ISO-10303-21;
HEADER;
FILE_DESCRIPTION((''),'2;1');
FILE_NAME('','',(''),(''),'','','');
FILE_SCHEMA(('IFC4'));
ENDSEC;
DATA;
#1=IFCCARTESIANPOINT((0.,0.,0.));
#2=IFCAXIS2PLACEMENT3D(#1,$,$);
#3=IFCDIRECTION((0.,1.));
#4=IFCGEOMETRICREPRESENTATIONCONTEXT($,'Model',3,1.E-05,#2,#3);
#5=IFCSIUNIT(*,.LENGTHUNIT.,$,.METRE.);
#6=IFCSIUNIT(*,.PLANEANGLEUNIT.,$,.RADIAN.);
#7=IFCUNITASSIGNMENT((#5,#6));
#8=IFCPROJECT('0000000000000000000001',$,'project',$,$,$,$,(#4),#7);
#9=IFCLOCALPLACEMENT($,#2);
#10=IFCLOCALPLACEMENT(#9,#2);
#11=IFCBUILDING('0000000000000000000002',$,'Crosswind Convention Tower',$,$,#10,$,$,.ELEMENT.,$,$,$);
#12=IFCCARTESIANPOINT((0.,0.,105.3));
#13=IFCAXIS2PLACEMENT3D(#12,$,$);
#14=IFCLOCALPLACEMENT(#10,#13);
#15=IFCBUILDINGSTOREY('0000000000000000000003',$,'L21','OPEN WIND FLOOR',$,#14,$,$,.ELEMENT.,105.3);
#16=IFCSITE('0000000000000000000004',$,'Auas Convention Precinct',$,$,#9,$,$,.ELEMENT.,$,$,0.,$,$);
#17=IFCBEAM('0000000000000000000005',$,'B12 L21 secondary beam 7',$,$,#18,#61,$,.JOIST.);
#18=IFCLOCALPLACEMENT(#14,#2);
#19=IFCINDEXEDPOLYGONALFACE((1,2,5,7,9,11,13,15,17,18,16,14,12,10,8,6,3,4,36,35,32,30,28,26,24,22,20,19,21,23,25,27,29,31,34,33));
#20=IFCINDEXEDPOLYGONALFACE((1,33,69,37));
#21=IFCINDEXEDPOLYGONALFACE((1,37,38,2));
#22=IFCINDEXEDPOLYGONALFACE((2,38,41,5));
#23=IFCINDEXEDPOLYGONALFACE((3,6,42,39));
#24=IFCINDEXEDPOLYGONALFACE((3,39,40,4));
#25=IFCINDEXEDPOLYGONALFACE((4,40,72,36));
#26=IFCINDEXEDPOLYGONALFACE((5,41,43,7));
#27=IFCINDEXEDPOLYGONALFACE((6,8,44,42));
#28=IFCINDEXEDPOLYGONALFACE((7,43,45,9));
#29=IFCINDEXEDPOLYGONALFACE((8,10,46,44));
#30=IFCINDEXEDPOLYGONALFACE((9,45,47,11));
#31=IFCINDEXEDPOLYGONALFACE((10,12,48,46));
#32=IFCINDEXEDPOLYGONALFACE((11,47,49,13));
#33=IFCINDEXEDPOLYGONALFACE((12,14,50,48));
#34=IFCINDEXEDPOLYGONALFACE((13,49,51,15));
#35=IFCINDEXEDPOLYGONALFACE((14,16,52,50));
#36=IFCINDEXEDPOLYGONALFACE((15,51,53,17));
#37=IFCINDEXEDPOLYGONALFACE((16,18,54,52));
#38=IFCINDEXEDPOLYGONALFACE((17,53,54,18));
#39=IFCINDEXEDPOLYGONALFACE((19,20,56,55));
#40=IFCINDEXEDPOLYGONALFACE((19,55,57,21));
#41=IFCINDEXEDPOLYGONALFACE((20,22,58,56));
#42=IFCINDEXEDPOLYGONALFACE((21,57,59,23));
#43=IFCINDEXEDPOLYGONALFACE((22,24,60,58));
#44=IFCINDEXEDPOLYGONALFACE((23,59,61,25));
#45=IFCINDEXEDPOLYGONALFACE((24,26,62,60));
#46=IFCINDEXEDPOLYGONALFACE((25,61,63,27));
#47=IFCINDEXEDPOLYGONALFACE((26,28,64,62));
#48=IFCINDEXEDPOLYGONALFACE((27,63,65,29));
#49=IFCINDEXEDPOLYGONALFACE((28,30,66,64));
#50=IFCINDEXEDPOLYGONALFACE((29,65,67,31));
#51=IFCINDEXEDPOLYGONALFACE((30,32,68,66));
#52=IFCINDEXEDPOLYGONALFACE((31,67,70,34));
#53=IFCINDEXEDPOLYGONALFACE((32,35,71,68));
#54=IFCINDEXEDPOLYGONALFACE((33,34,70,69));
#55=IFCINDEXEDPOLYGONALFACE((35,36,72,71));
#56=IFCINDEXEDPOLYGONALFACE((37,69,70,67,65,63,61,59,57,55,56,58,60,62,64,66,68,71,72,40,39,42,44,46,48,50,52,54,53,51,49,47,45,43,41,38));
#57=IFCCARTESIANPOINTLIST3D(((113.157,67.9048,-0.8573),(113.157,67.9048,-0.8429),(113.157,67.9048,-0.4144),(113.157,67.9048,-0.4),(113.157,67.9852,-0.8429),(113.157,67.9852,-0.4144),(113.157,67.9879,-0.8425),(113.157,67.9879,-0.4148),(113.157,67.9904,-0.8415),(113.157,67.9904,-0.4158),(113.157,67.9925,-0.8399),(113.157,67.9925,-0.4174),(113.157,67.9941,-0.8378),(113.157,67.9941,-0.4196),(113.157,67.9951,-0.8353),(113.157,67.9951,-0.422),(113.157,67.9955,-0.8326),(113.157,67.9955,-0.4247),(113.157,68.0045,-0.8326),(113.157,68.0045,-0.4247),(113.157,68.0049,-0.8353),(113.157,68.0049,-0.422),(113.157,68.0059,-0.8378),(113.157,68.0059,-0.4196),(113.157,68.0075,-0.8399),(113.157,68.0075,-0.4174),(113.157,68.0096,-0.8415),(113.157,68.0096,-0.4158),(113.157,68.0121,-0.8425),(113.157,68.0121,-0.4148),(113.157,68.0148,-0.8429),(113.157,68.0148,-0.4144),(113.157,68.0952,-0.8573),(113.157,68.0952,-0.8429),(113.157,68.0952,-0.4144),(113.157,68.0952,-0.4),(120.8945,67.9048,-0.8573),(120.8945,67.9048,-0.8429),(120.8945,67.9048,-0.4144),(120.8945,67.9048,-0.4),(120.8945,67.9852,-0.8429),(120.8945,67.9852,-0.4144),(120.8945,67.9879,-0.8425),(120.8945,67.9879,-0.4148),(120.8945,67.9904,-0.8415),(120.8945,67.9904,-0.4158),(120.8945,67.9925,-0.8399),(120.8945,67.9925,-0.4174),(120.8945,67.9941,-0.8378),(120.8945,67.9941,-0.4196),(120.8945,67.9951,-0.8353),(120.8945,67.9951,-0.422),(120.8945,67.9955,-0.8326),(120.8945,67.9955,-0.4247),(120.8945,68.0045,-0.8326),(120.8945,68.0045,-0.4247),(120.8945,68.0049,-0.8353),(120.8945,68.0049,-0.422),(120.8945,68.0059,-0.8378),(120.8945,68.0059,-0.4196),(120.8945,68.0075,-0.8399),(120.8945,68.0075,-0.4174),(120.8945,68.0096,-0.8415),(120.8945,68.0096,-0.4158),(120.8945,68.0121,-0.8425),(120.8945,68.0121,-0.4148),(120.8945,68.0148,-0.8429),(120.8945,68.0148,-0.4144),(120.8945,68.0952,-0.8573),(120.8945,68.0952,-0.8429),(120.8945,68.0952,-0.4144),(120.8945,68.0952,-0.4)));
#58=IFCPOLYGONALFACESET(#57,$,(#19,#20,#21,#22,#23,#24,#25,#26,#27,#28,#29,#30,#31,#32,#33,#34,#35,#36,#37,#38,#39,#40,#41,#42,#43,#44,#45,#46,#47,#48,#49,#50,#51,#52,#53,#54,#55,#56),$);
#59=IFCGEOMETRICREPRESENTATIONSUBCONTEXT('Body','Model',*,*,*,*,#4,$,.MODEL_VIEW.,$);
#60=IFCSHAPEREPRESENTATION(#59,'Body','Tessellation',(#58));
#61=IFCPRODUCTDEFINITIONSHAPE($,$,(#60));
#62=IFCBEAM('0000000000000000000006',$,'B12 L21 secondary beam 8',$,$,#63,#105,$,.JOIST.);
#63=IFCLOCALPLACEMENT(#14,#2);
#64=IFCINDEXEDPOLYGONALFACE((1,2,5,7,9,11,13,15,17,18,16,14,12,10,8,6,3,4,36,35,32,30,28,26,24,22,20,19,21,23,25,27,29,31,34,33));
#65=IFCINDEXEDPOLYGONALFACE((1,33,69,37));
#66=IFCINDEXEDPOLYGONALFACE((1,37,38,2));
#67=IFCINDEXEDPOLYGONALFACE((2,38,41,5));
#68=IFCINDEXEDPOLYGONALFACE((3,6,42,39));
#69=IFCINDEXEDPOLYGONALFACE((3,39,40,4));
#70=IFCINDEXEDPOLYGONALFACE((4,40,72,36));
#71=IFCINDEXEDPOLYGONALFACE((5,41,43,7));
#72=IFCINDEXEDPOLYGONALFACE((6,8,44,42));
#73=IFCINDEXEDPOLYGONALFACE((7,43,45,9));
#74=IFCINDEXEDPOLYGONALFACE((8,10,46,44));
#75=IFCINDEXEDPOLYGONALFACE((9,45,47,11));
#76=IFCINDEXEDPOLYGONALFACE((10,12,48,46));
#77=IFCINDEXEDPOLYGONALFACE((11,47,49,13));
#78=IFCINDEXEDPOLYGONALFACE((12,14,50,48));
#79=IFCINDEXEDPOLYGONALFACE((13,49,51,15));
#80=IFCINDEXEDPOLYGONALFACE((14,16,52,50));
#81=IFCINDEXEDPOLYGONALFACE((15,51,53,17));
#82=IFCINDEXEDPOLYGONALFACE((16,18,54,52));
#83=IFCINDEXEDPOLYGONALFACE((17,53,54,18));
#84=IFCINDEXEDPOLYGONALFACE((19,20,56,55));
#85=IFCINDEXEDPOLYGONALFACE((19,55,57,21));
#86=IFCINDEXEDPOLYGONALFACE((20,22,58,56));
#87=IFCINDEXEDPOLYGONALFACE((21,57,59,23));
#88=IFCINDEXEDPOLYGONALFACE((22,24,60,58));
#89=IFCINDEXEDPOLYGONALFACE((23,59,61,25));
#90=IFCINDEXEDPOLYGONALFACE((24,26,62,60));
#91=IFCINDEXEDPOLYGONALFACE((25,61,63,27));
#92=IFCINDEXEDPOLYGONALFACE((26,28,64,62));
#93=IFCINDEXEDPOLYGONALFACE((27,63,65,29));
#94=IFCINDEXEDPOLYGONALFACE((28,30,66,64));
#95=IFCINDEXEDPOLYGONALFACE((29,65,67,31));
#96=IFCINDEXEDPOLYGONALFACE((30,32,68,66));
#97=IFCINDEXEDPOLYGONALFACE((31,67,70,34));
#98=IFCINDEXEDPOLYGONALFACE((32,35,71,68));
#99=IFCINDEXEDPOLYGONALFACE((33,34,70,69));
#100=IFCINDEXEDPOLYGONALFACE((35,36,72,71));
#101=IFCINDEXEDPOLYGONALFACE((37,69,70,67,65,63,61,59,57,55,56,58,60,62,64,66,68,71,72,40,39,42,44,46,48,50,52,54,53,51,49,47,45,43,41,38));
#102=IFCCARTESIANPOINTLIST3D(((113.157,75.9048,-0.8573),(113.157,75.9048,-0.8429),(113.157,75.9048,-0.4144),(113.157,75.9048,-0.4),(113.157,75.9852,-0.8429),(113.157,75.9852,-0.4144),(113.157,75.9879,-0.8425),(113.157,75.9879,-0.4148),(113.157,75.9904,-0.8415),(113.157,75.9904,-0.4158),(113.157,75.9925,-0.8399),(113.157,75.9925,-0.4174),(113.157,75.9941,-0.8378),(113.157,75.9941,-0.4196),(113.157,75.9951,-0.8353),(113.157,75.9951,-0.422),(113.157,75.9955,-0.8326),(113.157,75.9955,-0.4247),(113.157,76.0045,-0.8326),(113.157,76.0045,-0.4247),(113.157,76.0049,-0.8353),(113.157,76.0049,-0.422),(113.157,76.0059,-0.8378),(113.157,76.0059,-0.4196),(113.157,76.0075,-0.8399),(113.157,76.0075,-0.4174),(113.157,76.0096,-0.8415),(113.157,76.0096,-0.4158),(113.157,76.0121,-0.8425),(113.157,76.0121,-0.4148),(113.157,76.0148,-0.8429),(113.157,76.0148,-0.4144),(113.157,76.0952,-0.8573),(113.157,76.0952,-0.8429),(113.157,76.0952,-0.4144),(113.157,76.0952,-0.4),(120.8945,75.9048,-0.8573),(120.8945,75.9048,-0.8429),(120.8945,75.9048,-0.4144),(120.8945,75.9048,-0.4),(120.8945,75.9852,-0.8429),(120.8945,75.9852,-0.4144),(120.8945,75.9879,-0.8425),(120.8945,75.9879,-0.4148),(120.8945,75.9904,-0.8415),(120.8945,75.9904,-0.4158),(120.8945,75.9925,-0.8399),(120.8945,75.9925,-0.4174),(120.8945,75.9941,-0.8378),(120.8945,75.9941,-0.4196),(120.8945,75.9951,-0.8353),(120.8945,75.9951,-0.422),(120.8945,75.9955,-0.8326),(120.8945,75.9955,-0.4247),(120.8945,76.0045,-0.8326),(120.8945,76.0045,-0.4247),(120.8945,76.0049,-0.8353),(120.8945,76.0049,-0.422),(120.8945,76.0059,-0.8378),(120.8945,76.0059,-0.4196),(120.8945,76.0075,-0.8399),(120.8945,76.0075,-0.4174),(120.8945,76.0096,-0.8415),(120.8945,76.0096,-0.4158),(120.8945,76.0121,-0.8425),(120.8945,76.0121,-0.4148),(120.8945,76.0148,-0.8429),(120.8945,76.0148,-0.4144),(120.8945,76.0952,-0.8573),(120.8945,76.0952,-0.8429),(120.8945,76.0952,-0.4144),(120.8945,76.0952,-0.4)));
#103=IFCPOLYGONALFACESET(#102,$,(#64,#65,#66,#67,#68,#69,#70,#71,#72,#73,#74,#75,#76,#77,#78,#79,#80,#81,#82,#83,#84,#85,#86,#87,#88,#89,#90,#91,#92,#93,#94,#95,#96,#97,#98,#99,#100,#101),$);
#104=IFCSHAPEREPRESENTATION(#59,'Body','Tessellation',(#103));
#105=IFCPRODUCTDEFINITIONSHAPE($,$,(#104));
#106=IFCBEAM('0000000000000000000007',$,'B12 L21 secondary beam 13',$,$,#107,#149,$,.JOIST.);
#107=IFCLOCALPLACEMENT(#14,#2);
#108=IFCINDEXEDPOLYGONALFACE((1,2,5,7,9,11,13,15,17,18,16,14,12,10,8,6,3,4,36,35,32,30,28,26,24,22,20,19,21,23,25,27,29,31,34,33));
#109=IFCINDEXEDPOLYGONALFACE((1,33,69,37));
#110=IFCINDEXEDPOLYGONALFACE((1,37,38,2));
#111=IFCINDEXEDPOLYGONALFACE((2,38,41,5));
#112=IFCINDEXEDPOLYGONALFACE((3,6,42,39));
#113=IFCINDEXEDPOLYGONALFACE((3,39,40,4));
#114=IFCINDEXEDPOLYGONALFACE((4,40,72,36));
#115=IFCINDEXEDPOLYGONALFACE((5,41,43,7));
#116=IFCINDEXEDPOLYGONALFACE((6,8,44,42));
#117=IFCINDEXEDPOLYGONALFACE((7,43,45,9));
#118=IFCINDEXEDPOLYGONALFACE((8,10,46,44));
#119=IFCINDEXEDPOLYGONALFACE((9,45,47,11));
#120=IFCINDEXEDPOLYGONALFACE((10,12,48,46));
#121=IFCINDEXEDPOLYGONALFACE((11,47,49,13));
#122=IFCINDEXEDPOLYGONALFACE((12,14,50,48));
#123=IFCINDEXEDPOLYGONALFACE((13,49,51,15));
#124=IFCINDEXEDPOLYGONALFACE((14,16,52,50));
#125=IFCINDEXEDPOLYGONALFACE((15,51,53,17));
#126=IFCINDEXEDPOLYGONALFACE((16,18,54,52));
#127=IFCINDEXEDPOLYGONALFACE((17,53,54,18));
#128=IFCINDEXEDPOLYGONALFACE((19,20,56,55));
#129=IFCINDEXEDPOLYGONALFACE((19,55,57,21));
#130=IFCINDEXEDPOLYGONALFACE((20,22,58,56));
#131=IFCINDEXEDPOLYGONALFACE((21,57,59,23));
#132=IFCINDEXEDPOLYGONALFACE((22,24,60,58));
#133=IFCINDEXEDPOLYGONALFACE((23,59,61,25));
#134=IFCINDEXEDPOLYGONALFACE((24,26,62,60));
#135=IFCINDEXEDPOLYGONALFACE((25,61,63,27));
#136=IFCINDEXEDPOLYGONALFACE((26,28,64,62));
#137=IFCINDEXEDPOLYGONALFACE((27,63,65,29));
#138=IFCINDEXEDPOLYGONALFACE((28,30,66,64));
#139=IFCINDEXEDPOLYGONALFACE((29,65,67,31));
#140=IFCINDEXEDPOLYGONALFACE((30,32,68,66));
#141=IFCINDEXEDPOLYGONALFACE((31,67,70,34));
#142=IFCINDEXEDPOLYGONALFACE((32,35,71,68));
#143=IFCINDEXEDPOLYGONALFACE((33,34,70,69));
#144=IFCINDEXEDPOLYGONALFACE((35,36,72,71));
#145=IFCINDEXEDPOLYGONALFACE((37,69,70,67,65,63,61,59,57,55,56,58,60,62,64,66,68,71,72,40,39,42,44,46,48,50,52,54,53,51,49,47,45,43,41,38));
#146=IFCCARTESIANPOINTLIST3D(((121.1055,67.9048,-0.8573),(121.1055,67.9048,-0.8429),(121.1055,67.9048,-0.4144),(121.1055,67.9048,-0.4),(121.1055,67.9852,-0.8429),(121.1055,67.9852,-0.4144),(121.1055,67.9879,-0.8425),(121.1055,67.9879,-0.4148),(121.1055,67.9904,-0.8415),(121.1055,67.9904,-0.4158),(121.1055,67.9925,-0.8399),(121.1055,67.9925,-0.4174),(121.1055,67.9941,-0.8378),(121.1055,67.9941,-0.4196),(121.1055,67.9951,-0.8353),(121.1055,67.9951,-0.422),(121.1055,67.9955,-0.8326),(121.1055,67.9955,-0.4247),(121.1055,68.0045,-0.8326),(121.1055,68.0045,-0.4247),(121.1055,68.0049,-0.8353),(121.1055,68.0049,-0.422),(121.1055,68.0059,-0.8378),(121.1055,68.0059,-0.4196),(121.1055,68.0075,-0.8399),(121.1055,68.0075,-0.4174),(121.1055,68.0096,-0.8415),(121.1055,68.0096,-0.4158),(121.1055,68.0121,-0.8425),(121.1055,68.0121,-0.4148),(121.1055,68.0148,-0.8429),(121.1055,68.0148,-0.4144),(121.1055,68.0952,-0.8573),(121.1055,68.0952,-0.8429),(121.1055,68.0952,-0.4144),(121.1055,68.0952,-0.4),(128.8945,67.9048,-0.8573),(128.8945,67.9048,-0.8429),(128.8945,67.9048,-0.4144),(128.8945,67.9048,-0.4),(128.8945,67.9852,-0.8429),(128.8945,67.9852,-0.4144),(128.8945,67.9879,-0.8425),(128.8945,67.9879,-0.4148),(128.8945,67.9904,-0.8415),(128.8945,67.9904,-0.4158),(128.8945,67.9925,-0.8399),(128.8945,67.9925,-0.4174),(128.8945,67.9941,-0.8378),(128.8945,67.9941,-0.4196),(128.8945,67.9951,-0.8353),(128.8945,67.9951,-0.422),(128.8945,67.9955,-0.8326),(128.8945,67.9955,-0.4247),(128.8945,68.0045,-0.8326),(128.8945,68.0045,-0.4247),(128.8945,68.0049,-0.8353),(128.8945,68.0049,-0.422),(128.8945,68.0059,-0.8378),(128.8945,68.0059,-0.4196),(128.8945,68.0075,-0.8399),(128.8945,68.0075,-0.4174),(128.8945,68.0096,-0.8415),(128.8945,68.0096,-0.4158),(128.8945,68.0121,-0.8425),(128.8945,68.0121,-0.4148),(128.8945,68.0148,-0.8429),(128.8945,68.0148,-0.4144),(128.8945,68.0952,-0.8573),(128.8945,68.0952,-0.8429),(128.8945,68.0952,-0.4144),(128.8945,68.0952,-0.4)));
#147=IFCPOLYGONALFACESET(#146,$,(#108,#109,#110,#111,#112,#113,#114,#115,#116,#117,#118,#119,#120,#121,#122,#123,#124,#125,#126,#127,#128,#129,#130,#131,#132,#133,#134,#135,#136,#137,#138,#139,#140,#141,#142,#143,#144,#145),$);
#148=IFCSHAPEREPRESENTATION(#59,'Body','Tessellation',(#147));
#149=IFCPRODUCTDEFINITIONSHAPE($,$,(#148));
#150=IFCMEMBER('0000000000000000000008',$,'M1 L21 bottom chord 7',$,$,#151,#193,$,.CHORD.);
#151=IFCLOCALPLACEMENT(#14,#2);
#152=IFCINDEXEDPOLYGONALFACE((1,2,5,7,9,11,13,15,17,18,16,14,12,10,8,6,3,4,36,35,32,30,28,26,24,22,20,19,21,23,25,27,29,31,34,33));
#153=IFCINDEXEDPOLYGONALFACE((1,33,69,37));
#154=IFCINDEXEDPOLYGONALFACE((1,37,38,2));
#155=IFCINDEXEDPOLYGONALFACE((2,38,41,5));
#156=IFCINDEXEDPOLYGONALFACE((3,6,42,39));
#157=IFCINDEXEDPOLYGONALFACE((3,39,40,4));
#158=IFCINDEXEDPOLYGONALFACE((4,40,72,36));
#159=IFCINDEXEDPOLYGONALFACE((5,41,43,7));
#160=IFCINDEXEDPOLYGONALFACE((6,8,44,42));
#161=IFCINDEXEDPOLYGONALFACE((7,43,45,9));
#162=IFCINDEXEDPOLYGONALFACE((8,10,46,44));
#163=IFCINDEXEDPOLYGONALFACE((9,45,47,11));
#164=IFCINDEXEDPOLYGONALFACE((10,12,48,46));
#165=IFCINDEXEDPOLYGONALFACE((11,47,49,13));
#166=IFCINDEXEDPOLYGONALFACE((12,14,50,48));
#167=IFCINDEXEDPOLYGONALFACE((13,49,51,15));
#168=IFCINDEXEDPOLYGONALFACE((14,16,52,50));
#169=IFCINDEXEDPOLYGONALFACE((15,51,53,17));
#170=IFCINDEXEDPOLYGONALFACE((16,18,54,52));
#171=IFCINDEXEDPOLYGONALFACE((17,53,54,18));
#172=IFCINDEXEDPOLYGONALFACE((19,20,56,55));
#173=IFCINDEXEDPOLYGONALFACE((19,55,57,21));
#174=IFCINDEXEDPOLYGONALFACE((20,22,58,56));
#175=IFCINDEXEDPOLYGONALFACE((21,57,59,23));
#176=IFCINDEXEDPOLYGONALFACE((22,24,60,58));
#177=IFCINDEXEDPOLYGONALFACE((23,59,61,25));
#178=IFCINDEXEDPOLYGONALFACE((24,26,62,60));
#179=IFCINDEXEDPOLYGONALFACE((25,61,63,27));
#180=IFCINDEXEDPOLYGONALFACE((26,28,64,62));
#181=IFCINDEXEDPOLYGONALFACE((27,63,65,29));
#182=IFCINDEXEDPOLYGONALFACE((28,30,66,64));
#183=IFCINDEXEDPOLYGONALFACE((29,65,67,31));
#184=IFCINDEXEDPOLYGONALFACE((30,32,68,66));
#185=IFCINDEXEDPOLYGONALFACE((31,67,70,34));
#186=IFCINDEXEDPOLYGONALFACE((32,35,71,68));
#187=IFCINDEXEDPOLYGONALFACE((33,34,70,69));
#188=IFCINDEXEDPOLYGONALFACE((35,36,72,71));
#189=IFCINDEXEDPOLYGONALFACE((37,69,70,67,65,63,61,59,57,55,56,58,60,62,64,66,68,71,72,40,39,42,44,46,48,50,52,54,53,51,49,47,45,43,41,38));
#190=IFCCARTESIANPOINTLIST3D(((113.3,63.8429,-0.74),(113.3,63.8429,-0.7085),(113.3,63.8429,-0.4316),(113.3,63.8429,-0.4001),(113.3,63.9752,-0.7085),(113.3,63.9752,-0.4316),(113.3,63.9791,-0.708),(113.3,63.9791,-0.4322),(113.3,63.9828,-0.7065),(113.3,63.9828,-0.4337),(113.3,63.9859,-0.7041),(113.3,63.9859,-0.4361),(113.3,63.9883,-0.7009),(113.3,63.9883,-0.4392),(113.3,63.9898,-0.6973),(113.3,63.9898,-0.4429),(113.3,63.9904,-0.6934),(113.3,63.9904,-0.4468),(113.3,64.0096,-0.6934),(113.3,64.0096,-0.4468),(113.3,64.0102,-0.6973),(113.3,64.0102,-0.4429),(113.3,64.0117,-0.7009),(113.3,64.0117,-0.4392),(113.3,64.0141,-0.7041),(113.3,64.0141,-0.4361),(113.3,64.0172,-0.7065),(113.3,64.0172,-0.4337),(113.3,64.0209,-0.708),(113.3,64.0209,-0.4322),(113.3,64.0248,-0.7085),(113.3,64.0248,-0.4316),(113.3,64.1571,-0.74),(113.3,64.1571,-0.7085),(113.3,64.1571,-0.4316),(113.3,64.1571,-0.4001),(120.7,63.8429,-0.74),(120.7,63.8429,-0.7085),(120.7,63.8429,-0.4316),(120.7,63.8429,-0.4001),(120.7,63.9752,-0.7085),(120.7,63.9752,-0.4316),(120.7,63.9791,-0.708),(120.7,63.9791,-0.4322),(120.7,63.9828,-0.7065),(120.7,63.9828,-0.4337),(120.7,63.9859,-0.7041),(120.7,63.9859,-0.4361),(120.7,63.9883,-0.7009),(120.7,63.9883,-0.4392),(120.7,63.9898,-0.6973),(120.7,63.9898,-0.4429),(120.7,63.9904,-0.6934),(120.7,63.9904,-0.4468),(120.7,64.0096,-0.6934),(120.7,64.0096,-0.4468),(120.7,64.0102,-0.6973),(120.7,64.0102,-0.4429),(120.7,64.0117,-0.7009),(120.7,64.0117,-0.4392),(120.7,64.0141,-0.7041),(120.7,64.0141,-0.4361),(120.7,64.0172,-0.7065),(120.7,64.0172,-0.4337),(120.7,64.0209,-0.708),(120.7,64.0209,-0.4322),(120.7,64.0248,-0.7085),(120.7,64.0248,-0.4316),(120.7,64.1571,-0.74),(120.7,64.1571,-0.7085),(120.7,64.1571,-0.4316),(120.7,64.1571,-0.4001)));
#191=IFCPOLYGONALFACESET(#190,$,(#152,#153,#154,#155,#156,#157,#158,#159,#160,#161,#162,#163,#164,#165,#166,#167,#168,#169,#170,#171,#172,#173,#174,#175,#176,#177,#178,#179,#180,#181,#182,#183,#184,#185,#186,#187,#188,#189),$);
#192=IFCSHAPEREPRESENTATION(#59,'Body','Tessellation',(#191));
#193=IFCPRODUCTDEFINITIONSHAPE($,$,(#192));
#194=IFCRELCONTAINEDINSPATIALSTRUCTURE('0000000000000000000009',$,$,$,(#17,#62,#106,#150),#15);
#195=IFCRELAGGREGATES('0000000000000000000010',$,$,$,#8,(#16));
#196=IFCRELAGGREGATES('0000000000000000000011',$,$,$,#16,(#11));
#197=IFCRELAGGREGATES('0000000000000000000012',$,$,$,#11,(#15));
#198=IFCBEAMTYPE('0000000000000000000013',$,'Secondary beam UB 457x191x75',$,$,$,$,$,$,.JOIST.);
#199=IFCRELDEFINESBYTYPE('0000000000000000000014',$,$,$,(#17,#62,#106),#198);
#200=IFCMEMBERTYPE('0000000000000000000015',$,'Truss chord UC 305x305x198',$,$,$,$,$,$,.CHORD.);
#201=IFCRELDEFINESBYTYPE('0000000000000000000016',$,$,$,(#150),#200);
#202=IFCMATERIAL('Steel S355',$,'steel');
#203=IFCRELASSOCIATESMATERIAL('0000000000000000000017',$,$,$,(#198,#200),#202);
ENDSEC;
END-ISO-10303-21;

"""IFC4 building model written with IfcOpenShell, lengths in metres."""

from ifc_helpers import new_model, si_unit, direction, frame, origin, origin_2d, place, context, subcontext, project, spatial, i_section, extrude, material, material_profile, profile_set, type_object, element, save


model = new_model("IFC4")

# Units and contexts
model_context = context("Model", 3, precision=1e-05, world=origin(), true_north=direction((0.0, 1.0)))
body_context = subcontext(model_context, "Body", "Model", "MODEL_VIEW")
ifc_project = project(units=[si_unit("LENGTHUNIT", "METRE"), si_unit("PLANEANGLEUNIT", "RADIAN")], contexts=[model_context])

# Site, building, storey
site_placement = place(None, origin())
site = spatial("IfcSite", under=ifc_project, at=site_placement, Name="Auas Convention Precinct", CompositionType="ELEMENT", RefElevation=0.0)
building_placement = place(site_placement, origin())
building = spatial("IfcBuilding", under=site, at=building_placement, Name="Crosswind Convention Tower", CompositionType="ELEMENT")
storey_placement = place(building_placement, frame((0.0, 0.0, 105.3)))
storey = spatial("IfcBuildingStorey", under=building, at=storey_placement, Name="L21", Description="OPEN WIND FLOOR", CompositionType="ELEMENT", Elevation=105.3)

# Beams
ifc_material_1 = material(Name="Steel S355", Category="steel")
ifc_material_profile_1 = material_profile(ifc_material_1, i_section(OverallWidth=0.1904, OverallDepth=0.4573, WebThickness=0.009, FlangeThickness=0.0144, FilletRadius=0.0103, at=origin_2d()), Name="UB 457x191x75")
ifc_profile_set_1 = profile_set([ifc_material_profile_1], Name="Steel S355")
beam_type_1 = type_object("IfcBeamType", Name="Secondary beam UB 457x191x75", PredefinedType="JOIST", material=ifc_profile_set_1)
for number, where, z_axis, x_axis, name in (
    (1, (113.157, 68.0, -0.6287), (1.0, 0.0, 0.0), (0.0, 1.0, 0.0), "B12 L21 secondary beam 7"),
    (2, (113.157, 76.0, -0.6287), (1.0, 0.0, 0.0), (0.0, 1.0, 0.0), "B12 L21 secondary beam 8"),
):
    element("IfcBeam", number, at=place(storey_placement, frame(where, z_axis=z_axis, x_axis=x_axis)), inside=storey, type_object=beam_type_1, Name=name, PredefinedType="JOIST", context=body_context, shape_type="SweptSolid", body=[
        extrude(i_section(OverallWidth=0.1904, OverallDepth=0.4573, WebThickness=0.009, FlangeThickness=0.0144, FilletRadius=0.0103, at=origin_2d()), origin(), (0.0, 0.0, 1.0), 7.7375),
    ])
beam_1_placement = place(storey_placement, frame((121.1055, 68.0, -0.6287), z_axis=(1.0, 0.0, 0.0), x_axis=(0.0, 1.0, 0.0)))
element("IfcBeam", 3, at=beam_1_placement, inside=storey, type_object=beam_type_1, Name="B12 L21 secondary beam 13", PredefinedType="JOIST", context=body_context, shape_type="SweptSolid", body=[
    extrude(i_section(OverallWidth=0.1904, OverallDepth=0.4573, WebThickness=0.009, FlangeThickness=0.0144, FilletRadius=0.0103, at=origin_2d()), origin(), (0.0, 0.0, 1.0), 7.7891),
])

# Member
ifc_material_profile_2 = material_profile(ifc_material_1, i_section(OverallWidth=0.3142, OverallDepth=0.3398, WebThickness=0.0193, FlangeThickness=0.0315, FilletRadius=0.0151, at=origin_2d()), Name="UC 305x305x198")
ifc_profile_set_2 = profile_set([ifc_material_profile_2], Name="Steel S355")
member_type_1 = type_object("IfcMemberType", Name="Truss chord UC 305x305x198", PredefinedType="CHORD", material=ifc_profile_set_2)
for number, where, z_axis, x_axis, name in (
    (4, (113.3, 64.0, -0.5701), (1.0, 0.0, 0.0), (0.0, 1.0, 0.0), "M1 L21 bottom chord 7"),
):
    element("IfcMember", number, at=place(storey_placement, frame(where, z_axis=z_axis, x_axis=x_axis)), inside=storey, type_object=member_type_1, Name=name, PredefinedType="CHORD", context=body_context, shape_type="SweptSolid", body=[
        extrude(i_section(OverallWidth=0.3142, OverallDepth=0.3398, WebThickness=0.0193, FlangeThickness=0.0315, FilletRadius=0.0151, at=origin_2d()), origin(), (0.0, 0.0, 1.0), 7.3999),
    ])

save(model, "model.ifc")
